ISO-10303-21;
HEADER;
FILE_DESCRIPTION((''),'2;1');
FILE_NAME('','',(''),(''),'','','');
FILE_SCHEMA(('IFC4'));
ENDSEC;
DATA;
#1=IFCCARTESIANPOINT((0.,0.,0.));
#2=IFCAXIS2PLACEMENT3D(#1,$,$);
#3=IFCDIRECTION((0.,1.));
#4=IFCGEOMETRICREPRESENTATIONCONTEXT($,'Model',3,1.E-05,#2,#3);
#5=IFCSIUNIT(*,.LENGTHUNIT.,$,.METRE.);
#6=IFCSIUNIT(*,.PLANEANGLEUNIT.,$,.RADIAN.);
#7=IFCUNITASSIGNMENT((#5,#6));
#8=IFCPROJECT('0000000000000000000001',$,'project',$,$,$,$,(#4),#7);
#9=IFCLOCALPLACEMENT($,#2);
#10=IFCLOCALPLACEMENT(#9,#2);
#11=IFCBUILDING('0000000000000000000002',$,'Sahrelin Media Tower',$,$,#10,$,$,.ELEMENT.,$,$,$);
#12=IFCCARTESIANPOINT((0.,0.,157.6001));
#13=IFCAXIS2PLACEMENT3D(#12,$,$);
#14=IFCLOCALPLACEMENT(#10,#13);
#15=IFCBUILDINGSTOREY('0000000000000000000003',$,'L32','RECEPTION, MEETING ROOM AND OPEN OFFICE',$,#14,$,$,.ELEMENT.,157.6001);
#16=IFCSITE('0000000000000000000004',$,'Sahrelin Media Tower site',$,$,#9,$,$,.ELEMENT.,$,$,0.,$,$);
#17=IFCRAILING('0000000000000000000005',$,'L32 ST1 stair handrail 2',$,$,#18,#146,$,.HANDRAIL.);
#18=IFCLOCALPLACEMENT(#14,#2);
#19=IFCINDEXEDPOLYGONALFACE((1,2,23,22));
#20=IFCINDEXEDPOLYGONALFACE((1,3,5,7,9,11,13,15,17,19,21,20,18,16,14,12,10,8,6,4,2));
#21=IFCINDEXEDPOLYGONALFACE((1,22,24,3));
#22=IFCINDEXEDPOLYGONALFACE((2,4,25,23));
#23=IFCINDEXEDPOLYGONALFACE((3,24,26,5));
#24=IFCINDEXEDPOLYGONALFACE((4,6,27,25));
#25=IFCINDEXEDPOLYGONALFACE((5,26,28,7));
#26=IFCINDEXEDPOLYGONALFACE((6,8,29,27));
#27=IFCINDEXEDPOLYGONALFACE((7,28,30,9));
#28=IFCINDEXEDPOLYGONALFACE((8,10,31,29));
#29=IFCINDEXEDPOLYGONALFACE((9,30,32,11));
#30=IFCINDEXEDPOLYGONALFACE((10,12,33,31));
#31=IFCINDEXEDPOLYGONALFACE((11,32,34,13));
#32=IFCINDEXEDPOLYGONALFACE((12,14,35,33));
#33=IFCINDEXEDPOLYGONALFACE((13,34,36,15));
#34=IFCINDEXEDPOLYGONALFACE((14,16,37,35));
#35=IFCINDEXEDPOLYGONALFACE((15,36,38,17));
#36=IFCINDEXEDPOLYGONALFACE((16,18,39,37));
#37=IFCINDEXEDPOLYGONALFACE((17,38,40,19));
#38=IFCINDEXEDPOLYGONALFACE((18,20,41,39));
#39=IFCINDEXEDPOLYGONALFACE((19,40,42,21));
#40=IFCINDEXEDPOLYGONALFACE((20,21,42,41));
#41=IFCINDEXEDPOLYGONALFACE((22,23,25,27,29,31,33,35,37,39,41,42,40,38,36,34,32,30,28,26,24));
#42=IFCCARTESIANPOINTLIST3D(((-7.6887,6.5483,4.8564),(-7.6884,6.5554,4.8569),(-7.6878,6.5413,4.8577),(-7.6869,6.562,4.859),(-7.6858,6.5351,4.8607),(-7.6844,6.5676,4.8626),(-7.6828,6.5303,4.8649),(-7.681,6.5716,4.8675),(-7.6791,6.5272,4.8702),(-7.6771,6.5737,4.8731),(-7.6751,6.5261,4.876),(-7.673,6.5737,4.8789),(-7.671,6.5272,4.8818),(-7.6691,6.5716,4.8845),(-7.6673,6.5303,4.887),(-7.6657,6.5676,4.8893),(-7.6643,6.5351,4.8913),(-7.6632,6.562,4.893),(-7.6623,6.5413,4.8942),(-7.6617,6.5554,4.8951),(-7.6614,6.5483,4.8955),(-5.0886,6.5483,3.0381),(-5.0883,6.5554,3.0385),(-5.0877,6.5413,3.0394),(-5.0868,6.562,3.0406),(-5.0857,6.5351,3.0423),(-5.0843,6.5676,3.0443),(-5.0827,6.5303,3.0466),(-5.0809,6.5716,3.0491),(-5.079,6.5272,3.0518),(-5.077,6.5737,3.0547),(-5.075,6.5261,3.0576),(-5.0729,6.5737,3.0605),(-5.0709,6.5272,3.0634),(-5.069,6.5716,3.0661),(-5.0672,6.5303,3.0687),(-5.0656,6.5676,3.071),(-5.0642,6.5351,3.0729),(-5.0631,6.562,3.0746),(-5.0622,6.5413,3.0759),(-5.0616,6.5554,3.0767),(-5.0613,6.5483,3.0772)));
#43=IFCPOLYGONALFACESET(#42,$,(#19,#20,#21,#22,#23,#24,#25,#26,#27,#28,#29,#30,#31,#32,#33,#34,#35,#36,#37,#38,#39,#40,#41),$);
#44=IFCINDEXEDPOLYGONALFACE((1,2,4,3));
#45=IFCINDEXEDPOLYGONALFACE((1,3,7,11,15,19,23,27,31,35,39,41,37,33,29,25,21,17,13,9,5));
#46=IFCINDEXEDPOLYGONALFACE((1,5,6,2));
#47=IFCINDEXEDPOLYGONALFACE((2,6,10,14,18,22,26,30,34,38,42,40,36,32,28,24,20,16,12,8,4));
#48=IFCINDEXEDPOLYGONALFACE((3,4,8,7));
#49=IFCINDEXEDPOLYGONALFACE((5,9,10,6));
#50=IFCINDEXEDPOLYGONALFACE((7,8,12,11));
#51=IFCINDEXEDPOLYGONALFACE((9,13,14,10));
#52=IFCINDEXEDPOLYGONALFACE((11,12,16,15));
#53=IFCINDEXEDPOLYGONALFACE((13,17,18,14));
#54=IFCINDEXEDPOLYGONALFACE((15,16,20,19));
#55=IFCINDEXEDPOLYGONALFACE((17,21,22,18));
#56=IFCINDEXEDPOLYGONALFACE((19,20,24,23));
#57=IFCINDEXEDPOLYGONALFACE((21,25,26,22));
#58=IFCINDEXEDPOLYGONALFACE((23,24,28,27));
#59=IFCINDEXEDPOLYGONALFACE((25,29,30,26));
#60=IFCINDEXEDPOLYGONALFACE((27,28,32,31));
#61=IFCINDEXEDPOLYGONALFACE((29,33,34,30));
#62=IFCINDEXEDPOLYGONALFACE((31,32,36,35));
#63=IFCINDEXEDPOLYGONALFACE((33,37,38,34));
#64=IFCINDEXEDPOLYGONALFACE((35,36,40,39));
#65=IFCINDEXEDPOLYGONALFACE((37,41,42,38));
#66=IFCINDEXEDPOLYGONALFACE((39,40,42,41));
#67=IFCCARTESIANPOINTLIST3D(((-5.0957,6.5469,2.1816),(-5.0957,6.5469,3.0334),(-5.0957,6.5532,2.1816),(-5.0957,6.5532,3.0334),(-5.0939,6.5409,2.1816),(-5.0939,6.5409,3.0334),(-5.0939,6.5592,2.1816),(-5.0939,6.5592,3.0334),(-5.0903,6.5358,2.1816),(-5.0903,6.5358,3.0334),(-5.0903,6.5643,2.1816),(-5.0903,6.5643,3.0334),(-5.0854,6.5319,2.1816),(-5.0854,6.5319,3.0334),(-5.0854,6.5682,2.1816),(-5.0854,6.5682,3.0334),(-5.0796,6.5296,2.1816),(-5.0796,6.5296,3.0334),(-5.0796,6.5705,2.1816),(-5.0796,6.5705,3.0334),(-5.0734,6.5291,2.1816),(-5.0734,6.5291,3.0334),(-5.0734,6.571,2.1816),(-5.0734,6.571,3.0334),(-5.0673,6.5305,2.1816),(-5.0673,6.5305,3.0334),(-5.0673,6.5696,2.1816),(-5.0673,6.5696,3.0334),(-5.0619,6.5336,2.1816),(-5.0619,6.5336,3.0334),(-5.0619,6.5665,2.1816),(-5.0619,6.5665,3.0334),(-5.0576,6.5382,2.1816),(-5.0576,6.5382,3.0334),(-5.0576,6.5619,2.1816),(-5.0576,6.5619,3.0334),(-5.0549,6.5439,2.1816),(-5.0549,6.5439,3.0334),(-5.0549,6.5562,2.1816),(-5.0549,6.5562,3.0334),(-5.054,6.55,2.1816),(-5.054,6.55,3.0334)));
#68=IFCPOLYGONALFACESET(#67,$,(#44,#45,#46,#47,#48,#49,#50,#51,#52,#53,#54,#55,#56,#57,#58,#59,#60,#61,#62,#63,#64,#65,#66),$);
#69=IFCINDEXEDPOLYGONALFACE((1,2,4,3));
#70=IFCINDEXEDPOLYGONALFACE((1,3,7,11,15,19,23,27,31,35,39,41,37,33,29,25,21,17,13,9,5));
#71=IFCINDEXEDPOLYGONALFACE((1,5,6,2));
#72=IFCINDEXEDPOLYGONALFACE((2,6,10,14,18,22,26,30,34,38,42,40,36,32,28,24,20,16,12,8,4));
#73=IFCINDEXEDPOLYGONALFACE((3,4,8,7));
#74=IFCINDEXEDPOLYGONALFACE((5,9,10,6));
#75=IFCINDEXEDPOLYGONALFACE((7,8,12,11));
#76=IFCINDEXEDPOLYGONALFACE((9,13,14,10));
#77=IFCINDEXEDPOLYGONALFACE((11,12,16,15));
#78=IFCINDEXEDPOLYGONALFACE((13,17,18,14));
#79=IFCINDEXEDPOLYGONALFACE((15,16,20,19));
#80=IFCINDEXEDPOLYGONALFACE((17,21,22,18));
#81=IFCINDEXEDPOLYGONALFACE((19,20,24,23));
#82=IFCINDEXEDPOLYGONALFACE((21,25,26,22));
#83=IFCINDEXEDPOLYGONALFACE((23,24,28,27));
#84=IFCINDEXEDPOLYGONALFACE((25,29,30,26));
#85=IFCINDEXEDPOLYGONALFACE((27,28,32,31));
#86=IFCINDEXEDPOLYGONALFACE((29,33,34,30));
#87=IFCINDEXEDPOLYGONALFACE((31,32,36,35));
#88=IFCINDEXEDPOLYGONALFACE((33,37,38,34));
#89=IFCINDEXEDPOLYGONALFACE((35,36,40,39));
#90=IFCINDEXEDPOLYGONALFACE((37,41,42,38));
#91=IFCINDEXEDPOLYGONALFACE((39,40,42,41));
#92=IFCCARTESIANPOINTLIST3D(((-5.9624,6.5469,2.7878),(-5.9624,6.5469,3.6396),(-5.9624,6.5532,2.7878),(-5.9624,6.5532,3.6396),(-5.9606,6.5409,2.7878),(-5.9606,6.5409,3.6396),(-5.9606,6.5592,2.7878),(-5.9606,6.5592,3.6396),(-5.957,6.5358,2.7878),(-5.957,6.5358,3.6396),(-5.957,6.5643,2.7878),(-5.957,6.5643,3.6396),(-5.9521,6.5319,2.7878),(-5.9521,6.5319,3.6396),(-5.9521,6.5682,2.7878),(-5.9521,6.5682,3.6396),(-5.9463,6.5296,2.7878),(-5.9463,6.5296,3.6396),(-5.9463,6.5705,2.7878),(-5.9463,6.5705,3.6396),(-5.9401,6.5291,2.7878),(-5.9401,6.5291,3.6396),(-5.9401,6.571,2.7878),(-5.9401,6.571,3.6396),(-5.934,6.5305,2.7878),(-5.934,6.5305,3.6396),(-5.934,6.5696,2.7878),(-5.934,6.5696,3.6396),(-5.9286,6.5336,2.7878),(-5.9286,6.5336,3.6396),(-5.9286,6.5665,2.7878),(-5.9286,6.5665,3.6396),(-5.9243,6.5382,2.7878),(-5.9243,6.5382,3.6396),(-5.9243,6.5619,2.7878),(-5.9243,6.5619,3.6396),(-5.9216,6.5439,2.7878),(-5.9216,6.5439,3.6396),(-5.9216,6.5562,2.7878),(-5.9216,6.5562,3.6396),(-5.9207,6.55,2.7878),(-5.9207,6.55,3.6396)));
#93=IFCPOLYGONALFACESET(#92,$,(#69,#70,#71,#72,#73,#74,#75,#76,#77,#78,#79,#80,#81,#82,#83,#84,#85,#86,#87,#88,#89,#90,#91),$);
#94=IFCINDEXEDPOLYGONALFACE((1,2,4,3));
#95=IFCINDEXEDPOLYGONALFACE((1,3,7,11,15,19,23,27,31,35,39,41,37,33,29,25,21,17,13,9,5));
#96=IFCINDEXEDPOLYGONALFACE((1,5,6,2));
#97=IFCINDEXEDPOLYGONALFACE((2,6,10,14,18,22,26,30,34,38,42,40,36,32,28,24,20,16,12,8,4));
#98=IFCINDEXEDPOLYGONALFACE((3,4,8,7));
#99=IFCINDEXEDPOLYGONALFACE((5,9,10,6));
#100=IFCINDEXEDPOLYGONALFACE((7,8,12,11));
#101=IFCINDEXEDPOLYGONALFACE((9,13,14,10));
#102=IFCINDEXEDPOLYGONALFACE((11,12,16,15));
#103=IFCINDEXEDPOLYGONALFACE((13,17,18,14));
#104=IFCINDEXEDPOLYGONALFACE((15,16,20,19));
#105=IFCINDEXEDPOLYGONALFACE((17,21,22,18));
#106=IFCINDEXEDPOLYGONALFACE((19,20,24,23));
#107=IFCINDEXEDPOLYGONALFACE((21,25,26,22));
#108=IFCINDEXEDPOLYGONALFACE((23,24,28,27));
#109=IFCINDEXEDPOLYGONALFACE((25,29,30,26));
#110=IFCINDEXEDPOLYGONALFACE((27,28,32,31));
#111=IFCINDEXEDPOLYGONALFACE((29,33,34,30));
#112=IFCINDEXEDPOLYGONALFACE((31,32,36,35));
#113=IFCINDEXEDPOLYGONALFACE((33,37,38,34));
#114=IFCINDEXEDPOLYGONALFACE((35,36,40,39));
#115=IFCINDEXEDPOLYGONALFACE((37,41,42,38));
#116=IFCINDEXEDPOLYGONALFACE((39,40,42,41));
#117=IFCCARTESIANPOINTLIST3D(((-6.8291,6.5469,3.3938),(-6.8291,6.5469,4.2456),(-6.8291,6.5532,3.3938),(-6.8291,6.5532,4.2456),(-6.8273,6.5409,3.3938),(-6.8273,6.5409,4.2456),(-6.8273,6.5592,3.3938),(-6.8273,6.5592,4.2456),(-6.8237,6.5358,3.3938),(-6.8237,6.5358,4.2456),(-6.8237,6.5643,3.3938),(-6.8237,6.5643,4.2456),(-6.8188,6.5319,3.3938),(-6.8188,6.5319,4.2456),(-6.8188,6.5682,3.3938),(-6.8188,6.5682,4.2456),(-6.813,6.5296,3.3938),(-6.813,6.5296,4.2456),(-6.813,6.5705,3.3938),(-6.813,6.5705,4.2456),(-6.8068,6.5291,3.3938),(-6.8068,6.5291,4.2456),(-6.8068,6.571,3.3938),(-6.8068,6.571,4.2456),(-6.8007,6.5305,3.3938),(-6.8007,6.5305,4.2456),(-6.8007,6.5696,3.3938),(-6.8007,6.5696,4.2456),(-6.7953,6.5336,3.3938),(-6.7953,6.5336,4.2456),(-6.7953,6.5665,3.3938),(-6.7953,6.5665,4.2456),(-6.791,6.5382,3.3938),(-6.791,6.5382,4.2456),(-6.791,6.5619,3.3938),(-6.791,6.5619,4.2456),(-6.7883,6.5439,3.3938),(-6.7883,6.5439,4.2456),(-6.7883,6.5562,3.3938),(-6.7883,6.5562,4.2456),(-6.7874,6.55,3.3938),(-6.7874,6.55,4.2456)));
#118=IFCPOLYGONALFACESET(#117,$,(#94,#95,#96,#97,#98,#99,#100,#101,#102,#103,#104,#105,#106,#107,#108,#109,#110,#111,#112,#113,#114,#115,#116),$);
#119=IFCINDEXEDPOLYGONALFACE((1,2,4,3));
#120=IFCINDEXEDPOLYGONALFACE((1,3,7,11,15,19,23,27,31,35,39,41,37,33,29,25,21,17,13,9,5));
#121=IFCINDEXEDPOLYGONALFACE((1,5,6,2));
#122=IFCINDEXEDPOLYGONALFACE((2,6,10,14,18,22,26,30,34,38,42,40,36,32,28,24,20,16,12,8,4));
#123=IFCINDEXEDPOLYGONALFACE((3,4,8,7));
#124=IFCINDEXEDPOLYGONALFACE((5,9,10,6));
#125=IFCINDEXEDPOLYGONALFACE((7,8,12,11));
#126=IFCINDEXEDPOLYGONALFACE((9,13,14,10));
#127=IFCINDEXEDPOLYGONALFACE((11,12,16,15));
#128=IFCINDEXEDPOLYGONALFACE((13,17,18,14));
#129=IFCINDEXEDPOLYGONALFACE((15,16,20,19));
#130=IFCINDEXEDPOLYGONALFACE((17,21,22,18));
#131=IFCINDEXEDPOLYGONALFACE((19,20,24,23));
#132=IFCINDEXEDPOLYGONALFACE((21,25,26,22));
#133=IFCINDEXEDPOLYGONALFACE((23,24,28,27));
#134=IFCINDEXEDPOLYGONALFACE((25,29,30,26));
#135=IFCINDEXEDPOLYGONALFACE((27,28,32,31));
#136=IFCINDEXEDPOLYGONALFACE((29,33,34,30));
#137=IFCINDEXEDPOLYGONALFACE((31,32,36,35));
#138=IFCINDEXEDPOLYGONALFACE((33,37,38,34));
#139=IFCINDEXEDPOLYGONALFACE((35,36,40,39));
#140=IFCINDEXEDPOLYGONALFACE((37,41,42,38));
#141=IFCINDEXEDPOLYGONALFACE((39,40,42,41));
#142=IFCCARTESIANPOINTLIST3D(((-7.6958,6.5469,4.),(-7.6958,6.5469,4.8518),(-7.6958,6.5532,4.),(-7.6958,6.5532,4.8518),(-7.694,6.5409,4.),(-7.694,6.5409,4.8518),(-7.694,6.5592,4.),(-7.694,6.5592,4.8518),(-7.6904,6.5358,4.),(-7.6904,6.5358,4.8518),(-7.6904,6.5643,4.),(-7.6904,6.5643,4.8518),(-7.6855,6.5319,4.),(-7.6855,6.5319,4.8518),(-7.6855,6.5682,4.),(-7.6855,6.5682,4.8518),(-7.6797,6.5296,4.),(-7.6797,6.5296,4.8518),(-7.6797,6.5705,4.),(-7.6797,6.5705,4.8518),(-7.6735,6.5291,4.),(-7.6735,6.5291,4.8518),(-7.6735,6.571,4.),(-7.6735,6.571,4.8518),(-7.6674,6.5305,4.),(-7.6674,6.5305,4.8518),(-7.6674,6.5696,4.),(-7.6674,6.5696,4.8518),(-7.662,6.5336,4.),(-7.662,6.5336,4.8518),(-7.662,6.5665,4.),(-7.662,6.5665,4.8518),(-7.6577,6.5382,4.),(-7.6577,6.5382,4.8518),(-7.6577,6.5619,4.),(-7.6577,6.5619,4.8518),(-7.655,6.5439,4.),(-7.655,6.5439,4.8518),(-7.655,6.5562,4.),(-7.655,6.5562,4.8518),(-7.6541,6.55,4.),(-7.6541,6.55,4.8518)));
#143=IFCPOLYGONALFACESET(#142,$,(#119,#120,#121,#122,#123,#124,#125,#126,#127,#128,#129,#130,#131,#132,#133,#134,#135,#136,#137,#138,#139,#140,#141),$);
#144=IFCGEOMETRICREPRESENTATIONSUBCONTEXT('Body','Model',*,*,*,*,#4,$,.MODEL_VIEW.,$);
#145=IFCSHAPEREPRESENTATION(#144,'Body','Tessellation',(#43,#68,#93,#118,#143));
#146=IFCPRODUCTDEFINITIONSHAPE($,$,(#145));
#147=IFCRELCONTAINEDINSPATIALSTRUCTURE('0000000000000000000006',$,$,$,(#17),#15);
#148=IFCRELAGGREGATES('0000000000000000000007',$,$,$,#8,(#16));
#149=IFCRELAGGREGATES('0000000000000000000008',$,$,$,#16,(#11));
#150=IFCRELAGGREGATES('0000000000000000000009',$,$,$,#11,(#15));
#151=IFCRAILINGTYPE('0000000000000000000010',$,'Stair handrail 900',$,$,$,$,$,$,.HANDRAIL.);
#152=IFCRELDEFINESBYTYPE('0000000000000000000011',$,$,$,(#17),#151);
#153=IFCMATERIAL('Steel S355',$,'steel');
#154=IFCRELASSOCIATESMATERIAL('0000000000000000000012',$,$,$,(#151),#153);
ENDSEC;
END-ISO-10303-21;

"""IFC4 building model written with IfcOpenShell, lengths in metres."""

from ifc_helpers import new_model, si_unit, direction, frame, origin, origin_2d, place, context, subcontext, project, spatial, circle, extrude, material, type_object, element, save


model = new_model("IFC4")

# Units and contexts
model_context = context("Model", 3, precision=1e-05, world=origin(), true_north=direction((0.0, 1.0)))
body_context = subcontext(model_context, "Body", "Model", "MODEL_VIEW")
ifc_project = project(units=[si_unit("LENGTHUNIT", "METRE"), si_unit("PLANEANGLEUNIT", "RADIAN")], contexts=[model_context])

# Site, building, storey
site_placement = place(None, origin())
site = spatial("IfcSite", under=ifc_project, at=site_placement, Name="Sahrelin Media Tower site", CompositionType="ELEMENT", RefElevation=0.0)
building_placement = place(site_placement, origin())
building = spatial("IfcBuilding", under=site, at=building_placement, Name="Sahrelin Media Tower", CompositionType="ELEMENT")
storey_placement = place(building_placement, frame((0.0, 0.0, 157.6001)))
storey = spatial("IfcBuildingStorey", under=building, at=storey_placement, Name="L32", Description="RECEPTION, MEETING ROOM AND OPEN OFFICE", CompositionType="ELEMENT", Elevation=157.6001)

# Shared definitions
ifc_material_1 = material(Name="Steel S355", Category="steel")

# Railing
railing_type_1 = type_object("IfcRailingType", Name="Stair handrail 900", PredefinedType="HANDRAIL", material=ifc_material_1)
railing_1_placement = place(storey_placement, frame((-5.075, 6.55, 2.1816)))
element("IfcRailing", 1, at=railing_1_placement, inside=storey, type_object=railing_type_1, Name="L32 ST1 stair handrail 2", PredefinedType="HANDRAIL", context=body_context, shape_type="SweptSolid", body=[
    extrude(circle(Radius=0.0239, at=origin_2d()), frame((0.0, 0.0, 0.876), z_axis=(-0.819485, 0.0, 0.573101), x_axis=(0.0, -1.0, 0.0)), (0.0, 0.0, 1.0), 3.1729),
    extrude(circle(Radius=0.021, at=origin_2d()), origin(), (0.0, 0.0, 1.0), 0.8518),
    extrude(circle(Radius=0.021, at=origin_2d()), frame((-0.8667, 0.0, 0.6062)), (0.0, 0.0, 1.0), 0.8518),
    extrude(circle(Radius=0.021, at=origin_2d()), frame((-1.7334, 0.0, 1.2122)), (0.0, 0.0, 1.0), 0.8518),
    extrude(circle(Radius=0.021, at=origin_2d()), frame((-2.6001, 0.0, 1.8184)), (0.0, 0.0, 1.0), 0.8518),
])

save(model, "model.ifc")
